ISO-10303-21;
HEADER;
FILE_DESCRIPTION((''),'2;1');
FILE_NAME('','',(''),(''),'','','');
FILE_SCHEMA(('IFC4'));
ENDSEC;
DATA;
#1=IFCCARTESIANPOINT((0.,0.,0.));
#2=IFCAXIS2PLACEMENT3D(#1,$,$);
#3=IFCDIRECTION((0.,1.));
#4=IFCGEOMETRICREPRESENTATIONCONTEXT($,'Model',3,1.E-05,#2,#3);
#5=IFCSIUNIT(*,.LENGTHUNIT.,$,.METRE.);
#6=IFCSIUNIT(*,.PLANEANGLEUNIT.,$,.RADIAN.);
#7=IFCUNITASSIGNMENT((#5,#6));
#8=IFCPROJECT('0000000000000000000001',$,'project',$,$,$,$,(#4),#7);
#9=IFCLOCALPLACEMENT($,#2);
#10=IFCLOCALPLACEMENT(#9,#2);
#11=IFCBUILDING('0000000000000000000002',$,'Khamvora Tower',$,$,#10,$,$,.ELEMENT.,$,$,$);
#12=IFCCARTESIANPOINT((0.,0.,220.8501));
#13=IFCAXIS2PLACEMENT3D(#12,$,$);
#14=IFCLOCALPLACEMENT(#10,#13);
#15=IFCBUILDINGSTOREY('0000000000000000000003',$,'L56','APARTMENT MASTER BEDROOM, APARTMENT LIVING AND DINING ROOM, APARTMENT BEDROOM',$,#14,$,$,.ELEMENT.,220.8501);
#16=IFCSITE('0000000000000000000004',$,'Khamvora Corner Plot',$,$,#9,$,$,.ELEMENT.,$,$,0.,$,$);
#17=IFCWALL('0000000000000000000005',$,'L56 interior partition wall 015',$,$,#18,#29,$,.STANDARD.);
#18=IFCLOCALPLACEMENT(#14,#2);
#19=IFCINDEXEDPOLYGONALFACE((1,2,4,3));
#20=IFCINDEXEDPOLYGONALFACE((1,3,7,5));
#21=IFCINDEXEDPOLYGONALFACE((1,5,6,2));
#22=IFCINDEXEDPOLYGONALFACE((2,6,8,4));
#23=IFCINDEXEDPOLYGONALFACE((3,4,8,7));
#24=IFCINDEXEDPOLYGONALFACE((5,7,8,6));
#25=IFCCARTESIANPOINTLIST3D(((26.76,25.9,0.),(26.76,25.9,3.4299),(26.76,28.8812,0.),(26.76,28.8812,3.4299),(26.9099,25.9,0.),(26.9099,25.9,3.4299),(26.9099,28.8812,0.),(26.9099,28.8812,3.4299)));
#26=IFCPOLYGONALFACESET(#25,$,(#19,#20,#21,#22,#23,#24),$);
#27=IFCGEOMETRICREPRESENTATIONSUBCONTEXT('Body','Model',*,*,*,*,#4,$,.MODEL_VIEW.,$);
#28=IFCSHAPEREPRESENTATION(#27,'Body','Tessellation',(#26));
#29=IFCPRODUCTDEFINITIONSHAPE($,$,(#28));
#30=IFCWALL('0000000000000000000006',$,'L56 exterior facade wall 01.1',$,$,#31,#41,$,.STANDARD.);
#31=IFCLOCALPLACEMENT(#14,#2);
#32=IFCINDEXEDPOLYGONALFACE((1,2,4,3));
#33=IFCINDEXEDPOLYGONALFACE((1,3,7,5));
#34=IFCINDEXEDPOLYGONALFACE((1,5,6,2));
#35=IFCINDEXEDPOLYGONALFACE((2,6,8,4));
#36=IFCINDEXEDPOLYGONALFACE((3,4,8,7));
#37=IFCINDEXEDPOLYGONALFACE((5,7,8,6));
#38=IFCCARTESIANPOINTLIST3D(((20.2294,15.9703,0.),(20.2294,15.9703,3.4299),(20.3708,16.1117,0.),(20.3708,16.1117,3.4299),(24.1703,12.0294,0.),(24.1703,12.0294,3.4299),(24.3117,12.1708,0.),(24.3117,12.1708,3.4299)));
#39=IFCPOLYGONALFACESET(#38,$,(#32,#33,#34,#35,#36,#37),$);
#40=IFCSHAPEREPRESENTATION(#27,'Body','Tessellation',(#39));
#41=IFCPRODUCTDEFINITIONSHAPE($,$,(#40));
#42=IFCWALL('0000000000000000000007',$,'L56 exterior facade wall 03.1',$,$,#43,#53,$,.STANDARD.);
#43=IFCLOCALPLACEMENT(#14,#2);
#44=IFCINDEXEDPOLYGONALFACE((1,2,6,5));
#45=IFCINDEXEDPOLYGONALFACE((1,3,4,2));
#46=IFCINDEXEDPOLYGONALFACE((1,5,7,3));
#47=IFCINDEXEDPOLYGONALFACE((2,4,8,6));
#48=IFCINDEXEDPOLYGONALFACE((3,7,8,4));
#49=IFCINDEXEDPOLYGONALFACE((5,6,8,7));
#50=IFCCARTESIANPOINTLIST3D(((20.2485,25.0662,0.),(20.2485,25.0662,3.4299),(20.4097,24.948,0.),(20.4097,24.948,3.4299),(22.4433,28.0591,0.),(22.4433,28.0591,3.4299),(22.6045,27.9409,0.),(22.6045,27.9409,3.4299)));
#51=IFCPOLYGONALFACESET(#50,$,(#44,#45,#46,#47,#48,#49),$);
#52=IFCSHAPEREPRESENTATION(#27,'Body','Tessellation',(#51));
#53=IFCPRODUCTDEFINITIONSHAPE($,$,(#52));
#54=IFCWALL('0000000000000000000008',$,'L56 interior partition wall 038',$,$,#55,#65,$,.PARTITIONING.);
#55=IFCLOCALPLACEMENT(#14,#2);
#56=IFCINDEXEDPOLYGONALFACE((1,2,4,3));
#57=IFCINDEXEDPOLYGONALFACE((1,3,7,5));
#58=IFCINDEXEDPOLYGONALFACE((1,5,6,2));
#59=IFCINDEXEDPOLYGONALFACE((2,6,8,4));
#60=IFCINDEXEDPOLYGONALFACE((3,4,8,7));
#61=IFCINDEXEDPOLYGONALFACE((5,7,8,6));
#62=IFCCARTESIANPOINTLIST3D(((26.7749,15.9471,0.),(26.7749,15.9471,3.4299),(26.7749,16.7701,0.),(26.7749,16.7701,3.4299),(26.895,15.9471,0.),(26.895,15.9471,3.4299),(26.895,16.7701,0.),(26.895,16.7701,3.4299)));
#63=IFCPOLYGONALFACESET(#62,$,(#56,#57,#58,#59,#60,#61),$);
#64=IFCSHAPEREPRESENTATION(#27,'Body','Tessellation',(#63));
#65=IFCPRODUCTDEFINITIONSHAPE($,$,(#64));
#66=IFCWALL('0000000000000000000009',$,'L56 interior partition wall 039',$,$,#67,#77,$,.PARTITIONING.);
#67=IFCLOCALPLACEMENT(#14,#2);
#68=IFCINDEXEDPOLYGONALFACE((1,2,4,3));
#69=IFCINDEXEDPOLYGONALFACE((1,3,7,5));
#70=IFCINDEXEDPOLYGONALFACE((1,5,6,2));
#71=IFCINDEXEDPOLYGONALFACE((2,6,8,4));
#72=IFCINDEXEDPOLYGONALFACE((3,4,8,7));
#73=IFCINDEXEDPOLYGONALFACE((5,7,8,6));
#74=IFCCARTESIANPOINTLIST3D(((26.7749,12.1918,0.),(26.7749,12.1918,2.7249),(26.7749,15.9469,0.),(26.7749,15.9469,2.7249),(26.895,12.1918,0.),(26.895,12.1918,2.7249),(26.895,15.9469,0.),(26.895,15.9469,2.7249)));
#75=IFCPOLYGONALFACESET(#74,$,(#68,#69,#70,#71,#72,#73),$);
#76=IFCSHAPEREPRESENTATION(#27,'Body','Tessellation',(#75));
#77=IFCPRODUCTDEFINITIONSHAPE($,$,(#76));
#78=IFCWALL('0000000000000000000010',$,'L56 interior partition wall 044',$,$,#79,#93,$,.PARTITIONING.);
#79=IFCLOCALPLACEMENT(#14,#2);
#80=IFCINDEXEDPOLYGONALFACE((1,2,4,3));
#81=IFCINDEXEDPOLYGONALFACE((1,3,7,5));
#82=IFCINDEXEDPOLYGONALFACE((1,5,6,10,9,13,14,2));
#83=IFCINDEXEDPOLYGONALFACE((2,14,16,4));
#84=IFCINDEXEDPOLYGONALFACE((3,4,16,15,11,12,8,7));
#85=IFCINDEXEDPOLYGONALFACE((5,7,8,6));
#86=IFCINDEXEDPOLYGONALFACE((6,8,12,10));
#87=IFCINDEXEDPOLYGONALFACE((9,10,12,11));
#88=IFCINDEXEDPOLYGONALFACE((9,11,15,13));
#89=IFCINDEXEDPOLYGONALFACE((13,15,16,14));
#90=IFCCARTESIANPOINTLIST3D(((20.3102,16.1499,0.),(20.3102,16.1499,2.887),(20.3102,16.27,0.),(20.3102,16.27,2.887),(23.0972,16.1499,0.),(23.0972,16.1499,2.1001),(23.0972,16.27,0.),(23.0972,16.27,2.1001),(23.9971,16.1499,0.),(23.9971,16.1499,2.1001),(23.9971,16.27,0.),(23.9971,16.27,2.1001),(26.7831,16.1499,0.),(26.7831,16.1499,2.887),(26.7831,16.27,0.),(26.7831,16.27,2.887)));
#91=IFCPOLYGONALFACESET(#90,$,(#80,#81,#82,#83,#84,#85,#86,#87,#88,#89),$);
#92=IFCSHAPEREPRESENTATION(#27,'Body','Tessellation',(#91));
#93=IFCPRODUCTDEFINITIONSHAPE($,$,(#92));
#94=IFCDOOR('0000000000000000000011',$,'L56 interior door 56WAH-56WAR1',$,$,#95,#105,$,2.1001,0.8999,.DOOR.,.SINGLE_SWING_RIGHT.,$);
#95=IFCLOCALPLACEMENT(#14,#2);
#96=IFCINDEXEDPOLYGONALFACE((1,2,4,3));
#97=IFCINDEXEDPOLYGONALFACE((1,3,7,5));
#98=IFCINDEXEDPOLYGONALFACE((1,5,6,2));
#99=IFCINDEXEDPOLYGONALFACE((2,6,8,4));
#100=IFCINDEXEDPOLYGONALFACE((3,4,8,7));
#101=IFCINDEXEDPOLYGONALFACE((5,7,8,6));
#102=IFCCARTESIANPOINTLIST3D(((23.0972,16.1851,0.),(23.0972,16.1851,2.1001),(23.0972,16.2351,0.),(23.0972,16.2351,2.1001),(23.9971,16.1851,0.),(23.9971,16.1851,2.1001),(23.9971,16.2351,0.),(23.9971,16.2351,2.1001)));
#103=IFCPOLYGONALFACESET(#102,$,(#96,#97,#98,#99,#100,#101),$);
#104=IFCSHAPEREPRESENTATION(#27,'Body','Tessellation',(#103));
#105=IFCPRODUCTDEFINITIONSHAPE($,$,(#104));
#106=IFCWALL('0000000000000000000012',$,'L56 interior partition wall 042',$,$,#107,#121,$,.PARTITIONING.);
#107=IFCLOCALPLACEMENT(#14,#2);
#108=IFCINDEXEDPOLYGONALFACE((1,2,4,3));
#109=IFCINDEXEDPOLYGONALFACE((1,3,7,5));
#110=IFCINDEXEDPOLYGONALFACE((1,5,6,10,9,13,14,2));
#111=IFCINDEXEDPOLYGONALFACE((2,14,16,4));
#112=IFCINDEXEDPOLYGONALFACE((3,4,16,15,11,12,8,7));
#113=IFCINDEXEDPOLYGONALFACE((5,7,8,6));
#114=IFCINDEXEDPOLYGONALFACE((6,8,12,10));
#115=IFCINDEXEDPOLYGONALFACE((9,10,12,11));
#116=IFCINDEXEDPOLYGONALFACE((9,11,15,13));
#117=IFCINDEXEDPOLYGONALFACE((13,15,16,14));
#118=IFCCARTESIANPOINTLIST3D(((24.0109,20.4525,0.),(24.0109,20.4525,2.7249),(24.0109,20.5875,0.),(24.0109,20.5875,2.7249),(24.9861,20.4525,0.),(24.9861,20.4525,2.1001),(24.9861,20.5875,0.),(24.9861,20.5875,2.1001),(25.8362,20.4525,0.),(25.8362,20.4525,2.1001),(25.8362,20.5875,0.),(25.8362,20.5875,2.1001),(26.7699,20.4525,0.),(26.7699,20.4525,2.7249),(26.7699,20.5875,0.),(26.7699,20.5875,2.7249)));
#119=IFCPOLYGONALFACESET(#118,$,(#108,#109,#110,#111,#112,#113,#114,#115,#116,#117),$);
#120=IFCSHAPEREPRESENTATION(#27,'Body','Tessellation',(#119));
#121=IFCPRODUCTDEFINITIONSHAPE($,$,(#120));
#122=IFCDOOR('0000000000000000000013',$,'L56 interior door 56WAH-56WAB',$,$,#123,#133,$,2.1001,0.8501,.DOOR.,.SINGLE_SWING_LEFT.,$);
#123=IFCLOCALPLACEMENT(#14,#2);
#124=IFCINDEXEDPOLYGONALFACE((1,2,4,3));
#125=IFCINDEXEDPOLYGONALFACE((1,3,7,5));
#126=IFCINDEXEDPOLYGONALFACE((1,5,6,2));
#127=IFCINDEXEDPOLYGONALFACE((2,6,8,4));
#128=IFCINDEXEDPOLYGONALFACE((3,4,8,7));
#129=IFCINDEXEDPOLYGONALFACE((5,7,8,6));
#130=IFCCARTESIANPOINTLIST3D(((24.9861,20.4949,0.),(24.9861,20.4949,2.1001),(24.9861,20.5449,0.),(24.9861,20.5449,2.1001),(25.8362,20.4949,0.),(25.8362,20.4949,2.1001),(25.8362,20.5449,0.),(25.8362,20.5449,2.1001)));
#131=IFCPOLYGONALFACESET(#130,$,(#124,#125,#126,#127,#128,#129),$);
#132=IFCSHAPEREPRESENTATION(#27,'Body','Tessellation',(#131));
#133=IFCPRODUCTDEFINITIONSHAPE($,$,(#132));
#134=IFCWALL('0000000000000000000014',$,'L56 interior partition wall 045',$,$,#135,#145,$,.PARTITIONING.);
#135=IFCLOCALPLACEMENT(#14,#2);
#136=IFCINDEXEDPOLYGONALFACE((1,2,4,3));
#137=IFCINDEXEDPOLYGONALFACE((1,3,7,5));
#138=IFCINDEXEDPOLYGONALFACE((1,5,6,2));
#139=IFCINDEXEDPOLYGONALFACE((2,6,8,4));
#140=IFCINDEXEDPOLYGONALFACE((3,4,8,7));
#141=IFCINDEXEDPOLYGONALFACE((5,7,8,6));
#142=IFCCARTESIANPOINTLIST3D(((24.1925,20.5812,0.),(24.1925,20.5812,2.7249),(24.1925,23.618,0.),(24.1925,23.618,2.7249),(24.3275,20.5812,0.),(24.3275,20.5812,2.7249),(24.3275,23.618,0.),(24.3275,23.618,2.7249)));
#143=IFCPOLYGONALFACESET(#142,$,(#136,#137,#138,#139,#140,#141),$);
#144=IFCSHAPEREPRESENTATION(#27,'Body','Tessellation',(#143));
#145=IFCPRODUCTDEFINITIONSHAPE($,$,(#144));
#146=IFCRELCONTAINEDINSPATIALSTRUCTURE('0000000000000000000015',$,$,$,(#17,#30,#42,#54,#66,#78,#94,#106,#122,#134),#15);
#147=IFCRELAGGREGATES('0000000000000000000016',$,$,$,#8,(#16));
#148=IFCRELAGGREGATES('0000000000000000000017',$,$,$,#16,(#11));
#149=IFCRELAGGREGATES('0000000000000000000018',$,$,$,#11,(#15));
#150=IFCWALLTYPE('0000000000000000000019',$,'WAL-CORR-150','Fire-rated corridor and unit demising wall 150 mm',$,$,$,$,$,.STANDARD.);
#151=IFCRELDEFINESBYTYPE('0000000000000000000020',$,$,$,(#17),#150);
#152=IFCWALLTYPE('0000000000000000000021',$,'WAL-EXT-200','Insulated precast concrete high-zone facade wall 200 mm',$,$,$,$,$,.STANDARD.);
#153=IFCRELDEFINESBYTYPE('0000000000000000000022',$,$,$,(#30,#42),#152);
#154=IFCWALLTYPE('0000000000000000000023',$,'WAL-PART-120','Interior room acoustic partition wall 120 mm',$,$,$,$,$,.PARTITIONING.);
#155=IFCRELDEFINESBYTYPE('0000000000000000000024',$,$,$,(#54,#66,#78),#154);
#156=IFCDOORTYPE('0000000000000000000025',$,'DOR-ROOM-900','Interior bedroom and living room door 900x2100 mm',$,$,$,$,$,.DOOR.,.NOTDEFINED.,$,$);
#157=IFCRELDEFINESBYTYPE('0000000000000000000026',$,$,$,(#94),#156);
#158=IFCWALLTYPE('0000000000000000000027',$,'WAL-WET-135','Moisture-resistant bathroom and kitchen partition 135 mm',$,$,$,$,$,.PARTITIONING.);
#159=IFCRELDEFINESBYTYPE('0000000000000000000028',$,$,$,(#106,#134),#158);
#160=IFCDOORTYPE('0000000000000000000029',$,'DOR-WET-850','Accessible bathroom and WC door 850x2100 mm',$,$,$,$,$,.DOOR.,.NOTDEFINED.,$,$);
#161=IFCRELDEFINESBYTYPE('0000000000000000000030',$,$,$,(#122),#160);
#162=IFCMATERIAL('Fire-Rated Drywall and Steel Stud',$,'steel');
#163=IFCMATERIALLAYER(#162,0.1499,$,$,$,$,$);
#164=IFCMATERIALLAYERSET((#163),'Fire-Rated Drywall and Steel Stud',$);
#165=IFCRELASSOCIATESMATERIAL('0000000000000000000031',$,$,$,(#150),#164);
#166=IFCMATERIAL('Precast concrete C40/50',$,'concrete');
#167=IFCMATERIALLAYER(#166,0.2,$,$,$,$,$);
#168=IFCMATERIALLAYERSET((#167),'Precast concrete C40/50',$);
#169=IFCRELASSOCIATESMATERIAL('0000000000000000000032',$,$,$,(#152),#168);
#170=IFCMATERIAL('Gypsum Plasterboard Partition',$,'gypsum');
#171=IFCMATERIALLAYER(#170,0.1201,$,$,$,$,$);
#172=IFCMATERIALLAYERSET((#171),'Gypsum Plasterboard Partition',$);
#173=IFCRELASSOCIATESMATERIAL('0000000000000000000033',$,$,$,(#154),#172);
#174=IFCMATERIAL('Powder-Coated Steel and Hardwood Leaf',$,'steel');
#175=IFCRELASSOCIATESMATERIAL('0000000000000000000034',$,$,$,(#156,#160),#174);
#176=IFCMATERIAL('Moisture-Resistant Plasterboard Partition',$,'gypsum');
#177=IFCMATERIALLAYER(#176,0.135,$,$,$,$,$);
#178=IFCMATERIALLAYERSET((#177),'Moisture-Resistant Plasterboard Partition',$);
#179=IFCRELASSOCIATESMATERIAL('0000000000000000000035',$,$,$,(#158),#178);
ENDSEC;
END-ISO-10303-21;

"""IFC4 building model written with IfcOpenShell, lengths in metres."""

from ifc_helpers import new_model, si_unit, direction, frame, frame_2d, origin, place, context, subcontext, project, spatial, rectangle, extrude, material, layer, layer_set, type_object, element, fill, save


model = new_model("IFC4")

# Units and contexts
model_context = context("Model", 3, precision=1e-05, world=origin(), true_north=direction((0.0, 1.0)))
body_context = subcontext(model_context, "Body", "Model", "MODEL_VIEW")
ifc_project = project(units=[si_unit("LENGTHUNIT", "METRE"), si_unit("PLANEANGLEUNIT", "RADIAN")], contexts=[model_context])

# Site, building, storey
site_placement = place(None, origin())
site = spatial("IfcSite", under=ifc_project, at=site_placement, Name="Khamvora Corner Plot", CompositionType="ELEMENT", RefElevation=0.0)
building_placement = place(site_placement, origin())
building = spatial("IfcBuilding", under=site, at=building_placement, Name="Khamvora Tower", CompositionType="ELEMENT")
storey_placement = place(building_placement, frame((0.0, 0.0, 220.8501)))
storey = spatial("IfcBuildingStorey", under=building, at=storey_placement, Name="L56", Description="APARTMENT MASTER BEDROOM, APARTMENT LIVING AND DINING ROOM, APARTMENT BEDROOM", CompositionType="ELEMENT", Elevation=220.8501)

# Shared definitions
ifc_material_1 = material(Name="Fire-Rated Drywall and Steel Stud", Category="steel")
ifc_layer_1 = layer(ifc_material_1, 0.1499)
ifc_layer_set_1 = layer_set([ifc_layer_1], Name="Fire-Rated Drywall and Steel Stud")
wall_type_1 = type_object("IfcWallType", Name="WAL-CORR-150", Description="Fire-rated corridor and unit demising wall 150 mm", PredefinedType="STANDARD", material=ifc_layer_set_1)
ifc_material_2 = material(Name="Powder-Coated Steel and Hardwood Leaf", Category="steel")

# Walls
wall_1_placement = place(storey_placement, frame((26.835, 25.8999, 0.0), z_axis=(0.0, 0.0, 1.0), x_axis=(0.0, 1.0, 0.0)))
element("IfcWall", 1, at=wall_1_placement, inside=storey, type_object=wall_type_1, Name="L56 interior partition wall 015", PredefinedType="STANDARD", context=body_context, shape_type="SweptSolid", body=[
    extrude(rectangle(XDim=2.9812, YDim=0.1499, at=frame_2d((1.4907, 0.0))), origin(), (0.0, 0.0, 1.0), 3.4299),
])
ifc_material_3 = material(Name="Precast concrete C40/50", Category="concrete")
ifc_layer_2 = layer(ifc_material_3, 0.2)
ifc_layer_set_2 = layer_set([ifc_layer_2], Name="Precast concrete C40/50")
wall_type_2 = type_object("IfcWallType", Name="WAL-EXT-200", Description="Insulated precast concrete high-zone facade wall 200 mm", PredefinedType="STANDARD", material=ifc_layer_set_2)
wall_2_placement = place(storey_placement, frame((24.241, 12.1001, 0.0), z_axis=(0.0, 0.0, 1.0), x_axis=(-0.707107, 0.707107, 0.0)))
element("IfcWall", 2, at=wall_2_placement, inside=storey, type_object=wall_type_2, Name="L56 exterior facade wall 01.1", PredefinedType="STANDARD", context=body_context, shape_type="SweptSolid", body=[
    extrude(rectangle(XDim=5.5732, YDim=0.2, at=frame_2d((2.7866, 0.0))), origin(), (0.0, 0.0, 1.0), 3.4299),
])
wall_3_placement = place(storey_placement, frame((20.3291, 25.0071, 0.0), z_axis=(0.0, 0.0, 1.0), x_axis=(0.591367, 0.806403, 0.0)))
element("IfcWall", 3, at=wall_3_placement, inside=storey, type_object=wall_type_2, Name="L56 exterior facade wall 03.1", PredefinedType="STANDARD", context=body_context, shape_type="SweptSolid", body=[
    extrude(rectangle(XDim=3.7114, YDim=0.2, at=frame_2d((1.8557, 0.0))), origin(), (0.0, 0.0, 1.0), 3.4299),
])
ifc_material_4 = material(Name="Gypsum Plasterboard Partition", Category="gypsum")
ifc_layer_3 = layer(ifc_material_4, 0.1201)
ifc_layer_set_3 = layer_set([ifc_layer_3], Name="Gypsum Plasterboard Partition")
wall_type_3 = type_object("IfcWallType", Name="WAL-PART-120", Description="Interior room acoustic partition wall 120 mm", PredefinedType="PARTITIONING", material=ifc_layer_set_3)
wall_4_placement = place(storey_placement, frame((26.835, 15.947, 0.0), z_axis=(0.0, 0.0, 1.0), x_axis=(0.0, 1.0, 0.0)))
element("IfcWall", 4, at=wall_4_placement, inside=storey, type_object=wall_type_3, Name="L56 interior partition wall 038", PredefinedType="PARTITIONING", context=body_context, shape_type="SweptSolid", body=[
    extrude(rectangle(XDim=0.823, YDim=0.1201, at=frame_2d((0.4116, 0.0))), origin(), (0.0, 0.0, 1.0), 3.4299),
])
wall_5_placement = place(storey_placement, frame((26.835, 12.1919, 0.0), z_axis=(0.0, 0.0, 1.0), x_axis=(0.0, 1.0, 0.0)))
element("IfcWall", 5, at=wall_5_placement, inside=storey, type_object=wall_type_3, Name="L56 interior partition wall 039", PredefinedType="PARTITIONING", context=body_context, shape_type="SweptSolid", body=[
    extrude(rectangle(XDim=3.7551, YDim=0.1201, at=frame_2d((1.8774, 0.0))), origin(), (0.0, 0.0, 1.0), 2.7249),
])

# Walls, openings, doors
wall_6_placement = place(storey_placement, frame((26.783, 16.21, 0.0), z_axis=(0.0, 0.0, 1.0), x_axis=(-1.0, 0.0, 0.0)))
wall_6 = element("IfcWall", 6, at=wall_6_placement, inside=storey, type_object=wall_type_3, Name="L56 interior partition wall 044", PredefinedType="PARTITIONING", context=body_context, shape_type="SweptSolid", body=[
    extrude(rectangle(XDim=6.4729, YDim=0.1201, at=frame_2d((3.2363, 0.0))), origin(), (0.0, 0.0, 1.0), 2.887),
])
opening_1_placement = place(wall_6_placement, frame((2.7859, 0.0, 0.0)))
opening_1 = element("IfcOpeningElement", 7, at=opening_1_placement, cuts=wall_6, PredefinedType="OPENING", context=body_context, shape_type="SweptSolid", body=[
    extrude(rectangle(XDim=0.8999, YDim=2.1001, at=frame_2d((0.45, 1.05))), frame((0.0, 0.0701, 0.0), z_axis=(0.0, -1.0, 0.0), x_axis=(1.0, 0.0, 0.0)), (0.0, 0.0, 1.0), 0.1401),
])
door_type_1 = type_object("IfcDoorType", Name="DOR-ROOM-900", Description="Interior bedroom and living room door 900x2100 mm", OperationType="NOTDEFINED", PredefinedType="DOOR", material=ifc_material_2)
door_1_placement = place(opening_1_placement, origin())
door_1 = element("IfcDoor", 8, at=door_1_placement, inside=storey, type_object=door_type_1, Name="L56 interior door 56WAH-56WAR1", OperationType="SINGLE_SWING_RIGHT", OverallHeight=2.1001, OverallWidth=0.8999, PredefinedType="DOOR", context=body_context, shape_type="SweptSolid", body=[
    extrude(rectangle(XDim=0.8999, YDim=2.1001, at=frame_2d((0.45, 1.05))), frame((0.0, 0.0249, 0.0), z_axis=(0.0, -1.0, 0.0), x_axis=(1.0, 0.0, 0.0)), (0.0, 0.0, 1.0), 0.05),
])
fill(opening_1, door_1)
ifc_material_5 = material(Name="Moisture-Resistant Plasterboard Partition", Category="gypsum")
ifc_layer_4 = layer(ifc_material_5, 0.135)
ifc_layer_set_4 = layer_set([ifc_layer_4], Name="Moisture-Resistant Plasterboard Partition")
wall_type_4 = type_object("IfcWallType", Name="WAL-WET-135", Description="Moisture-resistant bathroom and kitchen partition 135 mm", PredefinedType="PARTITIONING", material=ifc_layer_set_4)
wall_7_placement = place(storey_placement, frame((24.011, 20.52, 0.0), z_axis=(0.0, 0.0, 1.0), x_axis=(1.0, 0.0, 0.0)))
wall_7 = element("IfcWall", 9, at=wall_7_placement, inside=storey, type_object=wall_type_4, Name="L56 interior partition wall 042", PredefinedType="PARTITIONING", context=body_context, shape_type="SweptSolid", body=[
    extrude(rectangle(XDim=2.759, YDim=0.135, at=frame_2d((1.3794, 0.0))), origin(), (0.0, 0.0, 1.0), 2.7249),
])
opening_2_placement = place(wall_7_placement, frame((0.9751, 0.0, 0.0)))
opening_2 = element("IfcOpeningElement", 10, at=opening_2_placement, cuts=wall_7, PredefinedType="OPENING", context=body_context, shape_type="SweptSolid", body=[
    extrude(rectangle(XDim=0.8501, YDim=2.1001, at=frame_2d((0.425, 1.05))), frame((0.0, 0.0774, 0.0), z_axis=(0.0, -1.0, 0.0), x_axis=(1.0, 0.0, 0.0)), (0.0, 0.0, 1.0), 0.155),
])
door_type_2 = type_object("IfcDoorType", Name="DOR-WET-850", Description="Accessible bathroom and WC door 850x2100 mm", OperationType="NOTDEFINED", PredefinedType="DOOR", material=ifc_material_2)
door_2_placement = place(opening_2_placement, origin())
door_2 = element("IfcDoor", 11, at=door_2_placement, inside=storey, type_object=door_type_2, Name="L56 interior door 56WAH-56WAB", OperationType="SINGLE_SWING_LEFT", OverallHeight=2.1001, OverallWidth=0.8501, PredefinedType="DOOR", context=body_context, shape_type="SweptSolid", body=[
    extrude(rectangle(XDim=0.8501, YDim=2.1001, at=frame_2d((0.425, 1.05))), frame((0.0, 0.0249, 0.0), z_axis=(0.0, -1.0, 0.0), x_axis=(1.0, 0.0, 0.0)), (0.0, 0.0, 1.0), 0.05),
])
fill(opening_2, door_2)

# Wall
wall_8_placement = place(storey_placement, frame((24.26, 20.5811, 0.0), z_axis=(0.0, 0.0, 1.0), x_axis=(0.0, 1.0, 0.0)))
element("IfcWall", 12, at=wall_8_placement, inside=storey, type_object=wall_type_4, Name="L56 interior partition wall 045", PredefinedType="PARTITIONING", context=body_context, shape_type="SweptSolid", body=[
    extrude(rectangle(XDim=3.0369, YDim=0.135, at=frame_2d((1.5186, 0.0))), origin(), (0.0, 0.0, 1.0), 2.7249),
])

save(model, "model.ifc")
